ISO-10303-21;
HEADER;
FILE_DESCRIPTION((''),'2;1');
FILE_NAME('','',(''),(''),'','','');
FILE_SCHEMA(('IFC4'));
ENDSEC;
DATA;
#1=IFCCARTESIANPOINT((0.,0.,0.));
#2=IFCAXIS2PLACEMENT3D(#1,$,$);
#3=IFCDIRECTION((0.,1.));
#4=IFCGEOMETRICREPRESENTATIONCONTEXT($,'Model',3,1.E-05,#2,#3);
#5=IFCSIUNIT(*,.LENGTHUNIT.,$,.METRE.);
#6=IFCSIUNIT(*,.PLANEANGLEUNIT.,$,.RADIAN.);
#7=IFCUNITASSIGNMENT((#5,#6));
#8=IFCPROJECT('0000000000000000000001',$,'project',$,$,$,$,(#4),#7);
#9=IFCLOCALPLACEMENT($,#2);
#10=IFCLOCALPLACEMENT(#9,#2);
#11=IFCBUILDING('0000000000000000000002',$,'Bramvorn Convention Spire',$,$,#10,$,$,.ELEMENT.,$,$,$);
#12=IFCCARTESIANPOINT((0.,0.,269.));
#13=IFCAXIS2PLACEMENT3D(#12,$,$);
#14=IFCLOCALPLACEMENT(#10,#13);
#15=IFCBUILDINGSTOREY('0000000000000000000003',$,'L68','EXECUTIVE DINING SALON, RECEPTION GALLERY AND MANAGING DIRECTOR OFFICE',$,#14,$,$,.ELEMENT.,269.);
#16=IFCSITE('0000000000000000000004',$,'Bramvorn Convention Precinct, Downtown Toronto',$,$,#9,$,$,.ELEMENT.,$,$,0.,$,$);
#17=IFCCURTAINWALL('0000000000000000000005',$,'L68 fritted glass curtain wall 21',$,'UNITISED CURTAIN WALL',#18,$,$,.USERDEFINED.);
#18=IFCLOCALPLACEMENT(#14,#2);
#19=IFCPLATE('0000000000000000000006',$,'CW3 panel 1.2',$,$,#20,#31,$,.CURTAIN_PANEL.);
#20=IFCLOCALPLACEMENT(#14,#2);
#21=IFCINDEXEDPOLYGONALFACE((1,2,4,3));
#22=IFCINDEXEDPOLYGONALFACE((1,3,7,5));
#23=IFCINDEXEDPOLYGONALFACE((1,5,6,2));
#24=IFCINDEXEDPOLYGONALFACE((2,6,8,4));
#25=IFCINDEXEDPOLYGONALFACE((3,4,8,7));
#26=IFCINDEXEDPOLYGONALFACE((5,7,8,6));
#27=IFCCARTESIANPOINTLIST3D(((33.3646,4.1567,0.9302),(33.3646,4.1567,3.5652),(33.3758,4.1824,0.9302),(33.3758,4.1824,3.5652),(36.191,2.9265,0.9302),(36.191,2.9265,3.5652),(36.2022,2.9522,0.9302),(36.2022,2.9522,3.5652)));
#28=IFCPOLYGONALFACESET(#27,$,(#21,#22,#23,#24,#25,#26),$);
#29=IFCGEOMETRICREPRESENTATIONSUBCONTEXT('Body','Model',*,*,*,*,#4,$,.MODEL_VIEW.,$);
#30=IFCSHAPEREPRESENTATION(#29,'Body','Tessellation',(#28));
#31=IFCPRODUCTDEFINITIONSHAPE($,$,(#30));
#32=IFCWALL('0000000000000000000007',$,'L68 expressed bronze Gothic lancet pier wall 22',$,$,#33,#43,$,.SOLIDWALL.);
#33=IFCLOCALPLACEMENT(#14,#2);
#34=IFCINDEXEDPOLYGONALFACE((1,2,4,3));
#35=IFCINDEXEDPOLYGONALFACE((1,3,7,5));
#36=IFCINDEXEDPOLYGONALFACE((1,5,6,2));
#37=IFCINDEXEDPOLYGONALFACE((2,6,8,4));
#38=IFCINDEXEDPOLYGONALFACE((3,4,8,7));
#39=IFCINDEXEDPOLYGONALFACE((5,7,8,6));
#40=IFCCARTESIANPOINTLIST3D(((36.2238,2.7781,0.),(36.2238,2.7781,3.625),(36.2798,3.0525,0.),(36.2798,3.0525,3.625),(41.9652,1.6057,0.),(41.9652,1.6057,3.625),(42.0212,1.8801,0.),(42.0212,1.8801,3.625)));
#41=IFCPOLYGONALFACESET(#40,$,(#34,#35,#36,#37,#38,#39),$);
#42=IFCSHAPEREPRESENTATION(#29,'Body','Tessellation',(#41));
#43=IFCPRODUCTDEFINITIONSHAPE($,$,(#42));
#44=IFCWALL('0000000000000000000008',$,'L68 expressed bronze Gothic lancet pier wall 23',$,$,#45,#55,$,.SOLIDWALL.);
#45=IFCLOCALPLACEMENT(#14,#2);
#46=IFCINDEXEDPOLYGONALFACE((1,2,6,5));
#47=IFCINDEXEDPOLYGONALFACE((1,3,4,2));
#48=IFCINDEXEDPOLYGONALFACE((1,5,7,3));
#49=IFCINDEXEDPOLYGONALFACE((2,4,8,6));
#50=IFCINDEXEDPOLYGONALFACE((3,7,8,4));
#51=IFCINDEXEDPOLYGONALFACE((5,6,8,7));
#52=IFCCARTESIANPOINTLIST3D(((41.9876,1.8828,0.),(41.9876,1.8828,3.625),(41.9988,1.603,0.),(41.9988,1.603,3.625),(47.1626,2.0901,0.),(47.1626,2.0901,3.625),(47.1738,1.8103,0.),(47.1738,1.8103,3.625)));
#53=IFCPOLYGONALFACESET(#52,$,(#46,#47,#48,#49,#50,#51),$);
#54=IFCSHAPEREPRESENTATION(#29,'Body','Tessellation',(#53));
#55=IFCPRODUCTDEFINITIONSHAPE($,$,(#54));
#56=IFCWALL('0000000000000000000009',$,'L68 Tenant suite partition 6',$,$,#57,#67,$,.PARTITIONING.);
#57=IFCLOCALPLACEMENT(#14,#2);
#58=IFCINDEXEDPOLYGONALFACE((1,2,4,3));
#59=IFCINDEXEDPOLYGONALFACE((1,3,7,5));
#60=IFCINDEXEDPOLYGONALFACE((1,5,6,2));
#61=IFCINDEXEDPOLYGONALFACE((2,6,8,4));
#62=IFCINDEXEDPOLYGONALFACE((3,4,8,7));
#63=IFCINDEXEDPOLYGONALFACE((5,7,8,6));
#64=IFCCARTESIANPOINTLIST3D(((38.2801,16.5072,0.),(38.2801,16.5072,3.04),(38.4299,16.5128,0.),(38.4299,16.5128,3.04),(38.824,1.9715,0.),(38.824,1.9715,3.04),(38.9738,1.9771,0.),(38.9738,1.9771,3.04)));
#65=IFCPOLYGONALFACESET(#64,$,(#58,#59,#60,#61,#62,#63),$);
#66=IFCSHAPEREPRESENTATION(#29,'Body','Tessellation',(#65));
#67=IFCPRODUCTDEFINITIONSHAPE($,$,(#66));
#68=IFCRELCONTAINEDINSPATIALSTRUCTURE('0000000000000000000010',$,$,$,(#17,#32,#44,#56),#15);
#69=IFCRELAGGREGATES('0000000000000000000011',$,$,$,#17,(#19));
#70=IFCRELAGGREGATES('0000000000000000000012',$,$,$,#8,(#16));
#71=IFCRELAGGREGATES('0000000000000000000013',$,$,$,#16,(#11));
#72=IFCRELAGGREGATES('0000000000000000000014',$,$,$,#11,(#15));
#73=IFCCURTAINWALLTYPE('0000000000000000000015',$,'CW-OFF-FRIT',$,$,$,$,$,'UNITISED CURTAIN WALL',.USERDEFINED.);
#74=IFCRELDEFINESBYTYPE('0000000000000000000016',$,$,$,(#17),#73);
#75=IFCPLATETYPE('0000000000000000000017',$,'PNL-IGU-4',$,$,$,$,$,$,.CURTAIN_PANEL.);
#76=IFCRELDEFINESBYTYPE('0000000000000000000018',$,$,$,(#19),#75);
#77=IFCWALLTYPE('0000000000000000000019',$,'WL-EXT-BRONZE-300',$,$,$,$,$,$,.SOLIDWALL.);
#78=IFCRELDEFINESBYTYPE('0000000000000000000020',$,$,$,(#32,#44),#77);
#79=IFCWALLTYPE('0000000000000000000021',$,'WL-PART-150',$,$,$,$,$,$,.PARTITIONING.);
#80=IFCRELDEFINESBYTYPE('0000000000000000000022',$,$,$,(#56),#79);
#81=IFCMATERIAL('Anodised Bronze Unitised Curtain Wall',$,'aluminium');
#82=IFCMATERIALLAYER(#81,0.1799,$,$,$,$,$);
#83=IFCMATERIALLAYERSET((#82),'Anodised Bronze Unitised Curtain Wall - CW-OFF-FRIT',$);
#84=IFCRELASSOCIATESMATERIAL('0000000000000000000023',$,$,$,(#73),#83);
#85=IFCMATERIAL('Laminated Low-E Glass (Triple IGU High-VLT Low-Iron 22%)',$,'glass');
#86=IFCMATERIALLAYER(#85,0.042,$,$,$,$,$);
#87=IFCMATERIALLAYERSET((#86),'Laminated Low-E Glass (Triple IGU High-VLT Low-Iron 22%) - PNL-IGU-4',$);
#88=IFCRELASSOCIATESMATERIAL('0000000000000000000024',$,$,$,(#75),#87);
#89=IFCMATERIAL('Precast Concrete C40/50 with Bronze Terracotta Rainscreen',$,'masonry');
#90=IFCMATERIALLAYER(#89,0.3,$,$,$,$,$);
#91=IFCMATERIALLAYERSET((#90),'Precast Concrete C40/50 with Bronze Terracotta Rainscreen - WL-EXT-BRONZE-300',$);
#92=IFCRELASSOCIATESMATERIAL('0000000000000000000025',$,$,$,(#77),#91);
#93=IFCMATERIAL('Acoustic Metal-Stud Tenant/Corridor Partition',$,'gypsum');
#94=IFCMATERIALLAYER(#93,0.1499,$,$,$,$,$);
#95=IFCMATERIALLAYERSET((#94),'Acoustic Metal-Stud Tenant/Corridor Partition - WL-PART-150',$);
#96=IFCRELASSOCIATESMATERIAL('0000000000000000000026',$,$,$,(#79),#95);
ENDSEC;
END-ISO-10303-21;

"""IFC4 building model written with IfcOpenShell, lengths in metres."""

from ifc_helpers import new_model, si_unit, direction, frame, frame_2d, origin, origin_2d, place, context, subcontext, project, spatial, rectangle, extrude, material, layer, layer_set, type_object, element, aggregate, save


model = new_model("IFC4")

# Units and contexts
model_context = context("Model", 3, precision=1e-05, world=origin(), true_north=direction((0.0, 1.0)))
body_context = subcontext(model_context, "Body", "Model", "MODEL_VIEW")
ifc_project = project(units=[si_unit("LENGTHUNIT", "METRE"), si_unit("PLANEANGLEUNIT", "RADIAN")], contexts=[model_context])

# Site, building, storey
site_placement = place(None, origin())
site = spatial("IfcSite", under=ifc_project, at=site_placement, Name="Bramvorn Convention Precinct, Downtown Toronto", CompositionType="ELEMENT", RefElevation=0.0)
building_placement = place(site_placement, origin())
building = spatial("IfcBuilding", under=site, at=building_placement, Name="Bramvorn Convention Spire", CompositionType="ELEMENT")
storey_placement = place(building_placement, frame((0.0, 0.0, 269.0)))
storey = spatial("IfcBuildingStorey", under=building, at=storey_placement, Name="L68", Description="EXECUTIVE DINING SALON, RECEPTION GALLERY AND MANAGING DIRECTOR OFFICE", CompositionType="ELEMENT", Elevation=269.0)

# Curtain wall
ifc_material_1 = material(Name="Anodised Bronze Unitised Curtain Wall", Category="aluminium")
ifc_layer_1 = layer(ifc_material_1, 0.1799)
ifc_layer_set_1 = layer_set([ifc_layer_1], Name="Anodised Bronze Unitised Curtain Wall - CW-OFF-FRIT")
curtain_wall_type = type_object("IfcCurtainWallType", Name="CW-OFF-FRIT", ElementType="UNITISED CURTAIN WALL", PredefinedType="USERDEFINED", material=ifc_layer_set_1)
curtain_wall_placement = place(storey_placement, origin())
curtain_wall = element("IfcCurtainWall", 1, at=curtain_wall_placement, inside=storey, type_object=curtain_wall_type, Name="L68 fritted glass curtain wall 21", ObjectType="UNITISED CURTAIN WALL", PredefinedType="USERDEFINED")

# Plate
ifc_material_2 = material(Name="Laminated Low-E Glass (Triple IGU High-VLT Low-Iron 22%)", Category="glass")
ifc_layer_2 = layer(ifc_material_2, 0.042)
ifc_layer_set_2 = layer_set([ifc_layer_2], Name="Laminated Low-E Glass (Triple IGU High-VLT Low-Iron 22%) - PNL-IGU-4")
plate_type = type_object("IfcPlateType", Name="PNL-IGU-4", PredefinedType="CURTAIN_PANEL", material=ifc_layer_set_2)
plate_1_placement = place(storey_placement, frame((34.7834, 3.5544, 0.9302), z_axis=(0.0, 0.0, 1.0), x_axis=(-0.916912, 0.399089, 0.0)))
plate_1 = element("IfcPlate", 2, at=plate_1_placement, type_object=plate_type, Name="CW3 panel 1.2", PredefinedType="CURTAIN_PANEL", context=body_context, shape_type="SweptSolid", body=[
    extrude(rectangle(XDim=3.0825, YDim=0.0281, at=origin_2d()), origin(), (0.0, 0.0, 1.0), 2.635),
])
aggregate(curtain_wall, [plate_1])

# Walls
ifc_material_3 = material(Name="Precast Concrete C40/50 with Bronze Terracotta Rainscreen", Category="masonry")
ifc_layer_3 = layer(ifc_material_3, 0.3)
ifc_layer_set_3 = layer_set([ifc_layer_3], Name="Precast Concrete C40/50 with Bronze Terracotta Rainscreen - WL-EXT-BRONZE-300")
wall_type_1 = type_object("IfcWallType", Name="WL-EXT-BRONZE-300", PredefinedType="SOLIDWALL", material=ifc_layer_set_3)
wall_1_placement = place(storey_placement, frame((41.9932, 1.7429, 0.0), z_axis=(0.0, 0.0, 1.0), x_axis=(-0.979783, 0.200064, 0.0)))
element("IfcWall", 3, at=wall_1_placement, inside=storey, type_object=wall_type_1, Name="L68 expressed bronze Gothic lancet pier wall 22", PredefinedType="SOLIDWALL", context=body_context, shape_type="SweptSolid", body=[
    extrude(rectangle(XDim=5.8599, YDim=0.28, at=frame_2d((2.9299, 0.0))), origin(), (0.0, 0.0, 1.0), 3.625),
])
wall_2_placement = place(storey_placement, frame((47.1682, 1.9502, 0.0), z_axis=(0.0, 0.0, 1.0), x_axis=(-0.999199, -0.040021, 0.0)))
element("IfcWall", 4, at=wall_2_placement, inside=storey, type_object=wall_type_1, Name="L68 expressed bronze Gothic lancet pier wall 23", PredefinedType="SOLIDWALL", context=body_context, shape_type="SweptSolid", body=[
    extrude(rectangle(XDim=5.1792, YDim=0.28, at=frame_2d((2.5896, 0.0))), origin(), (0.0, 0.0, 1.0), 3.625),
])
ifc_material_4 = material(Name="Acoustic Metal-Stud Tenant/Corridor Partition", Category="gypsum")
ifc_layer_4 = layer(ifc_material_4, 0.1499)
ifc_layer_set_4 = layer_set([ifc_layer_4], Name="Acoustic Metal-Stud Tenant/Corridor Partition - WL-PART-150")
wall_type_2 = type_object("IfcWallType", Name="WL-PART-150", PredefinedType="PARTITIONING", material=ifc_layer_set_4)
wall_3_placement = place(storey_placement, frame((38.355, 16.51, 0.0), z_axis=(0.0, 0.0, 1.0), x_axis=(0.037395, -0.999301, 0.0)))
element("IfcWall", 5, at=wall_3_placement, inside=storey, type_object=wall_type_2, Name="L68 Tenant suite partition 6", PredefinedType="PARTITIONING", context=body_context, shape_type="SweptSolid", body=[
    extrude(rectangle(XDim=14.5459, YDim=0.1499, at=frame_2d((7.2729, 0.0))), origin(), (0.0, 0.0, 1.0), 3.04),
])

save(model, "model.ifc")
